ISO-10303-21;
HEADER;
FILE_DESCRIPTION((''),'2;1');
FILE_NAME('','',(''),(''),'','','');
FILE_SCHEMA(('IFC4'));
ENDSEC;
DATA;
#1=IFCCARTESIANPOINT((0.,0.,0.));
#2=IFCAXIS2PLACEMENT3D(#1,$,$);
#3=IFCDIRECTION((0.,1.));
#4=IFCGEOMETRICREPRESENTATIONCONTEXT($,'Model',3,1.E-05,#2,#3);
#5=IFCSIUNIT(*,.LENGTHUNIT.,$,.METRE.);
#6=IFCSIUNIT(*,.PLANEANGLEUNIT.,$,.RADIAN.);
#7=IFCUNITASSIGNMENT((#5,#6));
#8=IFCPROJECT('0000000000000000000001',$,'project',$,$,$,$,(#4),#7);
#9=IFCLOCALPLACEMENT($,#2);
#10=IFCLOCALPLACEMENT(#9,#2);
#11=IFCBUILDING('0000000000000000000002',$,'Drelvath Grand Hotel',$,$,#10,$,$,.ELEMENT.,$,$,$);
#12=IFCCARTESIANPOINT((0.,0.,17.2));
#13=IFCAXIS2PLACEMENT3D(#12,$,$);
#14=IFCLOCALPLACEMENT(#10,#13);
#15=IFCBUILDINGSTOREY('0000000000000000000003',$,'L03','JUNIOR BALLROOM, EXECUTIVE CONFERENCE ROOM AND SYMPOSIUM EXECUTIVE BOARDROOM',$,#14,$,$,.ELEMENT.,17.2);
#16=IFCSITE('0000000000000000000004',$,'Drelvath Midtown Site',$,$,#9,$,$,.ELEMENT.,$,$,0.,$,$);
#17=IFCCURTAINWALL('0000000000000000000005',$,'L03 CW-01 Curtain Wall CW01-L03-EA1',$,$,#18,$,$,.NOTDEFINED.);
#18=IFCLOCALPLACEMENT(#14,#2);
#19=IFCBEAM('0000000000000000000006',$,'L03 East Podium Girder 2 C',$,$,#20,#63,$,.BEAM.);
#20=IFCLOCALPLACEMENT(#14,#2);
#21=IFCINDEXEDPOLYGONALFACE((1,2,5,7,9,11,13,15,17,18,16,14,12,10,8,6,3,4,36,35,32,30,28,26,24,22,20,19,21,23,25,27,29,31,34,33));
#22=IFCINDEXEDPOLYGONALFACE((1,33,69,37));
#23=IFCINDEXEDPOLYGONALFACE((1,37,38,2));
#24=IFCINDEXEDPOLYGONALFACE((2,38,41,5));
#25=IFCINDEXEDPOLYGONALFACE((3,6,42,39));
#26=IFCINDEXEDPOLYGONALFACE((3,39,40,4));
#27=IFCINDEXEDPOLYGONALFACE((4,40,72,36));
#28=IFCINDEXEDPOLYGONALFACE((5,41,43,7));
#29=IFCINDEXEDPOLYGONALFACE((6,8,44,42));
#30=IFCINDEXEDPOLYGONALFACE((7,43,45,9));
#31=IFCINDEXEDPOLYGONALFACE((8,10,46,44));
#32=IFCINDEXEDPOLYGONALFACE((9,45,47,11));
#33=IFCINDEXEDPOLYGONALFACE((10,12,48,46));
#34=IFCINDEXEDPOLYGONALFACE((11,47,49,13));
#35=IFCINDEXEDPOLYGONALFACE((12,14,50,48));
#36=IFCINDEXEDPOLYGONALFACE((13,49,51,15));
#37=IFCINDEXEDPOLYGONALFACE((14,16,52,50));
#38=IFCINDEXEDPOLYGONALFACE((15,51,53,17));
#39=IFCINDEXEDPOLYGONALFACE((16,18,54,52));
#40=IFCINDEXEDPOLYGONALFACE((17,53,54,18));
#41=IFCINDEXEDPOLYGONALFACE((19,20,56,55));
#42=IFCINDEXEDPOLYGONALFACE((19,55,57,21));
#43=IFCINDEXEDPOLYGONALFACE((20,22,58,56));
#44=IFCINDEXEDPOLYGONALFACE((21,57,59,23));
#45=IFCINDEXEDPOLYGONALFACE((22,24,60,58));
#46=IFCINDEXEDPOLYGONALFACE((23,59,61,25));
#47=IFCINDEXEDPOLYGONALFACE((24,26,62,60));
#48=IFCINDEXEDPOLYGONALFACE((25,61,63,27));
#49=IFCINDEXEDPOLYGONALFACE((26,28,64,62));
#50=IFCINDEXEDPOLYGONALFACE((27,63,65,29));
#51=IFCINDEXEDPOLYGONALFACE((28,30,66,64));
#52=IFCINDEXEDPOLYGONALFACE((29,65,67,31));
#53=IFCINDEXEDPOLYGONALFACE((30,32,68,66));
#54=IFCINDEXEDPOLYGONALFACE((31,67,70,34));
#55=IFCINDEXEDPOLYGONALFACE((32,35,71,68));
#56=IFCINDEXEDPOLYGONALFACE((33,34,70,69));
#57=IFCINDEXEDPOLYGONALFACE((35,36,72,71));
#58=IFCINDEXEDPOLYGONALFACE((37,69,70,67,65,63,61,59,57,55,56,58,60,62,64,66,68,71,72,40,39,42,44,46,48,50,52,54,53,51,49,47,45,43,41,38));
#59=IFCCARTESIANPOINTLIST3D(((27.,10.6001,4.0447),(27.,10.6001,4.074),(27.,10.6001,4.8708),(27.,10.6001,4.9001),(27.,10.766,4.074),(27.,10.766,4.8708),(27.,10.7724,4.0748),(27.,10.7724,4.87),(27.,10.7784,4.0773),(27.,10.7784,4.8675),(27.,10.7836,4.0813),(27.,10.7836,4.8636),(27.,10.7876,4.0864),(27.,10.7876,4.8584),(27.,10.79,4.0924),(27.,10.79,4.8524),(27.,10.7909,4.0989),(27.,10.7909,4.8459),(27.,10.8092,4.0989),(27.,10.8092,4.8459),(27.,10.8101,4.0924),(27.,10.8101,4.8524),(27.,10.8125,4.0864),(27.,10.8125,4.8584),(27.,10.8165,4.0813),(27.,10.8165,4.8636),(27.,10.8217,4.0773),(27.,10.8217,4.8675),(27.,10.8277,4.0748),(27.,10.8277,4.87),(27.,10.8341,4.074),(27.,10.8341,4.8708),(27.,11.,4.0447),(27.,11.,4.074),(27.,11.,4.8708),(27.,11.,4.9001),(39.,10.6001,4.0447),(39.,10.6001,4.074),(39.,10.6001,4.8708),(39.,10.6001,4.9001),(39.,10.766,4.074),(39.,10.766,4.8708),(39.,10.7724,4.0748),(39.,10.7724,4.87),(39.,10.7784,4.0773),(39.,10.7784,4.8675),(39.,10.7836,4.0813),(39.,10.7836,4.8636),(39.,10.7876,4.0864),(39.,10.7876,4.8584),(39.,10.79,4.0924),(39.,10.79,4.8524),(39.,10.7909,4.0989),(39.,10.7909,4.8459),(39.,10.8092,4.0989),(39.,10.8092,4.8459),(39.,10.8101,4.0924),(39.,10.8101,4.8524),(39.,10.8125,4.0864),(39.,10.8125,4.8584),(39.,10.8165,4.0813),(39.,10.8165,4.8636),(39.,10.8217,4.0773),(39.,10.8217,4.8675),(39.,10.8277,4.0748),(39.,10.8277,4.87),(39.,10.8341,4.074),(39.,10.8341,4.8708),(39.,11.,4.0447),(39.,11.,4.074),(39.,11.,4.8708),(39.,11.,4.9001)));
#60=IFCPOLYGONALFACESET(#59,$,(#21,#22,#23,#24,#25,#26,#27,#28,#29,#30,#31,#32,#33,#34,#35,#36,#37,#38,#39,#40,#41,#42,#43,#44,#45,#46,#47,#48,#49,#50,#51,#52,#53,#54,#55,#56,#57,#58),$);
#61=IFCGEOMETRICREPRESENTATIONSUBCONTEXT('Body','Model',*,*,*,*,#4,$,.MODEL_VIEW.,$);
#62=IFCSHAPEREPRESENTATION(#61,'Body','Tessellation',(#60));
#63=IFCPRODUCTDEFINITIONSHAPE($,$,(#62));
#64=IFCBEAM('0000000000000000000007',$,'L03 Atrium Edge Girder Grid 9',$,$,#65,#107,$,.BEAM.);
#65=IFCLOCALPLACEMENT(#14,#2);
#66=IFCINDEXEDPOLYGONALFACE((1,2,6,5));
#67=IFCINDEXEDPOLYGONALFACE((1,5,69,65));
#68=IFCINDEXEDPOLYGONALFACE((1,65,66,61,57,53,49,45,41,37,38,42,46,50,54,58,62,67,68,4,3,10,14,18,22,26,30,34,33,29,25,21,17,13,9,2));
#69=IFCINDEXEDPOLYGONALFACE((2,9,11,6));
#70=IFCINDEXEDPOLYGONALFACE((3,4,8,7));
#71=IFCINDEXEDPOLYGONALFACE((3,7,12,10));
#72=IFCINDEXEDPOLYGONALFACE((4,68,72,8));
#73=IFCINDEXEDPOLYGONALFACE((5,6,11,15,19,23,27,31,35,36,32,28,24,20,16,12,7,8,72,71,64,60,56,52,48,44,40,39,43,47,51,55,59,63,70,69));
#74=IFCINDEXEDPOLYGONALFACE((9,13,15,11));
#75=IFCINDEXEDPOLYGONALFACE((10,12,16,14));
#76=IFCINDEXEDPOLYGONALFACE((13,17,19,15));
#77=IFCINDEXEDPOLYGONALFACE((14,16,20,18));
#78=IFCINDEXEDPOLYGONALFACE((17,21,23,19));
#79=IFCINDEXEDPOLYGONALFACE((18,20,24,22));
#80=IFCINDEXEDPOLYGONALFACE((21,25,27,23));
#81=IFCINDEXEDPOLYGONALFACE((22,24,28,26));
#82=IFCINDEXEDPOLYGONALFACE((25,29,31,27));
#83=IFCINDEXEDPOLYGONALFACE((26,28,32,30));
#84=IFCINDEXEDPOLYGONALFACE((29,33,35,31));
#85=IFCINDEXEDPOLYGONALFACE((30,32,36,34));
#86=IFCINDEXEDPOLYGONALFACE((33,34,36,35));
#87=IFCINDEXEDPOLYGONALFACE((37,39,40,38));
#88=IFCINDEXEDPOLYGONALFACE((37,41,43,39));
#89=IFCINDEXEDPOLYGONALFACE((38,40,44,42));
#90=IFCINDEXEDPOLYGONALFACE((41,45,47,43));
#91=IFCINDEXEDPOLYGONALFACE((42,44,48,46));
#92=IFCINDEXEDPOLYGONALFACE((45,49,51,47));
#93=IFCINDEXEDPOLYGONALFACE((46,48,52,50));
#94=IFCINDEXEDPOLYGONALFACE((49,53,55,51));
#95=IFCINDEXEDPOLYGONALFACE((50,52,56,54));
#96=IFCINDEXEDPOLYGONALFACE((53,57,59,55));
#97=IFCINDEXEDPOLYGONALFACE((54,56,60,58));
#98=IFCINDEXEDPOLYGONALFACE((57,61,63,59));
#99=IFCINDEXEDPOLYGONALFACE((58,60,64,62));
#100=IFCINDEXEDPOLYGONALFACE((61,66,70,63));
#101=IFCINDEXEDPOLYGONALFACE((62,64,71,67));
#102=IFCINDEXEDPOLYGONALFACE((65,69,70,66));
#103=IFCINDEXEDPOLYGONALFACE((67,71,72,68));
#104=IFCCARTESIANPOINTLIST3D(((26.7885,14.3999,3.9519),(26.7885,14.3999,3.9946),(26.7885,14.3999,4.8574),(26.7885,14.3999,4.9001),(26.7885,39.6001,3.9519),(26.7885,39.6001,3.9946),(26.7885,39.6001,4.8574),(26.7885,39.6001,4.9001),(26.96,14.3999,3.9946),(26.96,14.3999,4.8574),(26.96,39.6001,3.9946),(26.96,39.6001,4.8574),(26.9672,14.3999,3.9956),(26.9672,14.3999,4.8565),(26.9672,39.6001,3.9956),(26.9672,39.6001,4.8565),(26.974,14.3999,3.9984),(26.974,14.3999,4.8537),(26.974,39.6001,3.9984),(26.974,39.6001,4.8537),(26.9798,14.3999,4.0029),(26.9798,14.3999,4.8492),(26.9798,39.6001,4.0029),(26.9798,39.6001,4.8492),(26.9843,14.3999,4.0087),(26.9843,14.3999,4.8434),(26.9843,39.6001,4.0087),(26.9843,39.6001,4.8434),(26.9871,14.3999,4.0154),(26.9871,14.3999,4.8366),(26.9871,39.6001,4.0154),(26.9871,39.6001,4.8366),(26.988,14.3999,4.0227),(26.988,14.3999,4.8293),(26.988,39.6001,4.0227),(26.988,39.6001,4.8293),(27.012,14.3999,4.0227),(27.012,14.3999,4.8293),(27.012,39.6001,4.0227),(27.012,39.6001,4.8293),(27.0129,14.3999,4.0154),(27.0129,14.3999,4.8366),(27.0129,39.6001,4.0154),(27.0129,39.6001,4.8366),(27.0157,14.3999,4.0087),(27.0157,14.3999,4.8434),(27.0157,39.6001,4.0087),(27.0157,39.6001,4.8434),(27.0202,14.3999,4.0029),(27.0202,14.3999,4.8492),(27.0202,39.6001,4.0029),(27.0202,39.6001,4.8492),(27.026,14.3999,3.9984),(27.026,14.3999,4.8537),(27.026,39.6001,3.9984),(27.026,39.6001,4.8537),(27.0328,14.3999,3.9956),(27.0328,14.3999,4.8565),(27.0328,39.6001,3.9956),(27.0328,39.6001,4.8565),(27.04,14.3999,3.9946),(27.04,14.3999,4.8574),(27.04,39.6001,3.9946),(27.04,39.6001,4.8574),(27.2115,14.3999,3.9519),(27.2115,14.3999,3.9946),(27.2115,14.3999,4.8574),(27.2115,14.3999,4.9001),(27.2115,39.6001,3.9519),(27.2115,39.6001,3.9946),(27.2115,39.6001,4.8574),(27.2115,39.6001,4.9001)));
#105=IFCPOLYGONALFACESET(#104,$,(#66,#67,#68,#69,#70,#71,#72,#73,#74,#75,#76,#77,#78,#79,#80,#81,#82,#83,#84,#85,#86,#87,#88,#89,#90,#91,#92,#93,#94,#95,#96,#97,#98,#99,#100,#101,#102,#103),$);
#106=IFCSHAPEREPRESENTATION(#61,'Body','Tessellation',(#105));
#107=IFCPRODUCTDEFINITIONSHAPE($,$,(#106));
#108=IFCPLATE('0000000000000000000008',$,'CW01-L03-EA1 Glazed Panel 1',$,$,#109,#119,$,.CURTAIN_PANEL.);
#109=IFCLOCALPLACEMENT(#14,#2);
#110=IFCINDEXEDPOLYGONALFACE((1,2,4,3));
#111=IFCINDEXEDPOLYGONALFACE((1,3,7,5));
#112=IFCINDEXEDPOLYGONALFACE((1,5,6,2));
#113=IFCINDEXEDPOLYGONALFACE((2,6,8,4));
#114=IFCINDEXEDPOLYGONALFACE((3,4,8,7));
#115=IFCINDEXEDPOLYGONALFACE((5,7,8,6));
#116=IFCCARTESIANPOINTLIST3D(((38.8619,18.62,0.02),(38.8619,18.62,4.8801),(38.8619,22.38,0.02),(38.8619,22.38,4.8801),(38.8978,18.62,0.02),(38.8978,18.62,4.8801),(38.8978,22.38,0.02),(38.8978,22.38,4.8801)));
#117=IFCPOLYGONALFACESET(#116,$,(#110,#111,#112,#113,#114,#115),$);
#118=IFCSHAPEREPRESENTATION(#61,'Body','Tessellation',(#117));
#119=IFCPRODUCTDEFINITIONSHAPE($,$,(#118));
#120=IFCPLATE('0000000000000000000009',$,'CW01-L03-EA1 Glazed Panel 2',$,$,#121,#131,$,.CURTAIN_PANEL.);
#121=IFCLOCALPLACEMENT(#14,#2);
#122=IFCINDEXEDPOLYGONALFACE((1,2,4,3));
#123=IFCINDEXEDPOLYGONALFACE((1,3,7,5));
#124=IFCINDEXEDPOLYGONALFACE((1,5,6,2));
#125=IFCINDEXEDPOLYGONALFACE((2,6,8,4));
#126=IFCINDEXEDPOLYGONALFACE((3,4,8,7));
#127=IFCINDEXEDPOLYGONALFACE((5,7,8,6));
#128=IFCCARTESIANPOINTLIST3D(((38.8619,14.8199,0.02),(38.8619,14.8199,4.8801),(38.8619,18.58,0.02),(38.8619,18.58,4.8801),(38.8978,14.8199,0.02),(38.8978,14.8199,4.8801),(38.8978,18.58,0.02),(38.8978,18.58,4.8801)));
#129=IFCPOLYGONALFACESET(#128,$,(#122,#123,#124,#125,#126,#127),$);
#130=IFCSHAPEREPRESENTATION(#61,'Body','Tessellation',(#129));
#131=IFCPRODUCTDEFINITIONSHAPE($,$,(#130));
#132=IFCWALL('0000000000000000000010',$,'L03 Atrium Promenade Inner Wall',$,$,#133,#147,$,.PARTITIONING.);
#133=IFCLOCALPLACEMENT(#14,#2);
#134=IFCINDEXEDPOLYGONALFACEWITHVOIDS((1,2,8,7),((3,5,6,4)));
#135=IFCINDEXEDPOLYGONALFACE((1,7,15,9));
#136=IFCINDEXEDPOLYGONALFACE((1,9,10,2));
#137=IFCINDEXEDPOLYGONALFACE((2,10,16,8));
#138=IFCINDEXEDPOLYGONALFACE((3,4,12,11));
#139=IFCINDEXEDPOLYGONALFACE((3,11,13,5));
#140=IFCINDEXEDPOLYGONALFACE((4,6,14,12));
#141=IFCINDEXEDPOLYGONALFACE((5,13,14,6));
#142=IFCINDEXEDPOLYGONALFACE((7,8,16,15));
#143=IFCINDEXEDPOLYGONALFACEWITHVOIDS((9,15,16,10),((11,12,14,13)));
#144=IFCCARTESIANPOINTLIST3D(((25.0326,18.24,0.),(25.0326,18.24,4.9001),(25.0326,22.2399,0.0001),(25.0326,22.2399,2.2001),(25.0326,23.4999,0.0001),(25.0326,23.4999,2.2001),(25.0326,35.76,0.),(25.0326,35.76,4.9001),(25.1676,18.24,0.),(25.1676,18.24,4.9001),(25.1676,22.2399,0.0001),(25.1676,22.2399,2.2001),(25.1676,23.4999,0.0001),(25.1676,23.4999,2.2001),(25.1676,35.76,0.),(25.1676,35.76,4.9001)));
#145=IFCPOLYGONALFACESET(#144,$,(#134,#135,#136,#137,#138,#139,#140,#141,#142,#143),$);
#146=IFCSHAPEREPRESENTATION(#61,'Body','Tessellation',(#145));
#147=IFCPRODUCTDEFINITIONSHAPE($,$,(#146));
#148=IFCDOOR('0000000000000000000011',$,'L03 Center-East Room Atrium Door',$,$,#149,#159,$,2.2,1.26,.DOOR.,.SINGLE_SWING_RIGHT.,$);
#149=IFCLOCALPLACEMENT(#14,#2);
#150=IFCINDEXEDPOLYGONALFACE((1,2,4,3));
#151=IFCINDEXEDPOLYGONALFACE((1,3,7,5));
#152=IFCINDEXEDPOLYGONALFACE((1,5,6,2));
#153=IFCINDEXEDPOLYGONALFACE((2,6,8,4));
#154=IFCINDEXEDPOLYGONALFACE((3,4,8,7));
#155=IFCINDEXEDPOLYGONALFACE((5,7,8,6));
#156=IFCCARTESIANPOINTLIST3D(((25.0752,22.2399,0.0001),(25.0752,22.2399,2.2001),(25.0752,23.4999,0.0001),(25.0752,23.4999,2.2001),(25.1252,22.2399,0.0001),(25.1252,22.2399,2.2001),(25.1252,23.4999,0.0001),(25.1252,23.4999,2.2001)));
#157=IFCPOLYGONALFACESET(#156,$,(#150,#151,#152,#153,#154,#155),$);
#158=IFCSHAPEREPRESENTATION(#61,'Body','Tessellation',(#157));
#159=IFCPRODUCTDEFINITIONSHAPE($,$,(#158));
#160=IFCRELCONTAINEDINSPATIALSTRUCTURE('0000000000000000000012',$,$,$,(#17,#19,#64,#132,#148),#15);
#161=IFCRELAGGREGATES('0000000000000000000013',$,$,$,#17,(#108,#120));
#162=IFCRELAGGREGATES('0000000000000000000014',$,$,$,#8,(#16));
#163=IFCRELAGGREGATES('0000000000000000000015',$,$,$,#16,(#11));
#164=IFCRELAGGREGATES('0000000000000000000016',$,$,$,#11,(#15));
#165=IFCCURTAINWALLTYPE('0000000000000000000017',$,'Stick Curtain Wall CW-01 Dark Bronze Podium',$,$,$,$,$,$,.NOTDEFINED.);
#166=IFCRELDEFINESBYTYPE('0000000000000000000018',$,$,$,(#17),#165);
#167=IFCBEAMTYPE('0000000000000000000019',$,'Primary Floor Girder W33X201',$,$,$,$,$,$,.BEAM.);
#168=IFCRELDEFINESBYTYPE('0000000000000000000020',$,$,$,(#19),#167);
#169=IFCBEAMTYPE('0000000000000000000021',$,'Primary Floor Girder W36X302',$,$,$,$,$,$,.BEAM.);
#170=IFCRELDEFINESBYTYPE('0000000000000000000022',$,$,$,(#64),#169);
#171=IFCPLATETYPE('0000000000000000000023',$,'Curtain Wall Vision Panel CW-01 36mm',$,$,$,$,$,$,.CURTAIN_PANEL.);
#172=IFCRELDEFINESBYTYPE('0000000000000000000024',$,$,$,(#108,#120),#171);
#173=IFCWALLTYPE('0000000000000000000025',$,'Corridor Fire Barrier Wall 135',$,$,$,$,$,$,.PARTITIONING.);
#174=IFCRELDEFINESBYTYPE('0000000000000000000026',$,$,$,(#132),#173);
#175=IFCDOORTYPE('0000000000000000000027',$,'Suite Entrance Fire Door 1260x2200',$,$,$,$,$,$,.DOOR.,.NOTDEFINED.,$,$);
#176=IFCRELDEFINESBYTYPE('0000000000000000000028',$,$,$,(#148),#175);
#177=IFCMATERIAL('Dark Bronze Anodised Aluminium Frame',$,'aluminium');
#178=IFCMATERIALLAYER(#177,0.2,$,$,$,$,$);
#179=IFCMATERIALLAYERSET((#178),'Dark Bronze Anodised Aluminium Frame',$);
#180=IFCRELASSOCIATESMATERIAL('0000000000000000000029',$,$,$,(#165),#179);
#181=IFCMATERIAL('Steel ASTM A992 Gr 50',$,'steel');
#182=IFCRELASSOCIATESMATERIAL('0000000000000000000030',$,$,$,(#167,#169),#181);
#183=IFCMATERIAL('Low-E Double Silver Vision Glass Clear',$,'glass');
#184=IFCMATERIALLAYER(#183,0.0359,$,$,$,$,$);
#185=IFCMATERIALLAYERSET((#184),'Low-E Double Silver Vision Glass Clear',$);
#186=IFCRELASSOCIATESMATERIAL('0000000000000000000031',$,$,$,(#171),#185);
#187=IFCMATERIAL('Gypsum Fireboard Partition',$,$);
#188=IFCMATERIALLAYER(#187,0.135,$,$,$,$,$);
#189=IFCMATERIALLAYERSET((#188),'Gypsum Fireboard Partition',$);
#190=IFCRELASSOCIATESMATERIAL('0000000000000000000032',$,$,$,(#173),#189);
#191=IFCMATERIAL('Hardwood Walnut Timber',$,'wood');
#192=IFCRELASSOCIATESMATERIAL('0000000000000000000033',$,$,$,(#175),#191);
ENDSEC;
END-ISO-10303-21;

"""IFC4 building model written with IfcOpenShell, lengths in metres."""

from ifc_helpers import new_model, si_unit, direction, frame, frame_2d, origin, origin_2d, place, context, subcontext, project, spatial, rectangle, i_section, extrude, material, layer, layer_set, material_profile, profile_set, type_object, element, fill, aggregate, save


model = new_model("IFC4")

# Units and contexts
model_context = context("Model", 3, precision=1e-05, world=origin(), true_north=direction((0.0, 1.0)))
body_context = subcontext(model_context, "Body", "Model", "MODEL_VIEW")
ifc_project = project(units=[si_unit("LENGTHUNIT", "METRE"), si_unit("PLANEANGLEUNIT", "RADIAN")], contexts=[model_context])

# Site, building, storey
site_placement = place(None, origin())
site = spatial("IfcSite", under=ifc_project, at=site_placement, Name="Drelvath Midtown Site", CompositionType="ELEMENT", RefElevation=0.0)
building_placement = place(site_placement, origin())
building = spatial("IfcBuilding", under=site, at=building_placement, Name="Drelvath Grand Hotel", CompositionType="ELEMENT")
storey_placement = place(building_placement, frame((0.0, 0.0, 17.2)))
storey = spatial("IfcBuildingStorey", under=building, at=storey_placement, Name="L03", Description="JUNIOR BALLROOM, EXECUTIVE CONFERENCE ROOM AND SYMPOSIUM EXECUTIVE BOARDROOM", CompositionType="ELEMENT", Elevation=17.2)

# Curtain wall
ifc_material_1 = material(Name="Dark Bronze Anodised Aluminium Frame", Category="aluminium")
ifc_layer_1 = layer(ifc_material_1, 0.2)
ifc_layer_set_1 = layer_set([ifc_layer_1], Name="Dark Bronze Anodised Aluminium Frame")
curtain_wall_type = type_object("IfcCurtainWallType", Name="Stick Curtain Wall CW-01 Dark Bronze Podium", PredefinedType="NOTDEFINED", material=ifc_layer_set_1)
curtain_wall_placement = place(storey_placement, origin())
curtain_wall = element("IfcCurtainWall", 1, at=curtain_wall_placement, inside=storey, type_object=curtain_wall_type, Name="L03 CW-01 Curtain Wall CW01-L03-EA1", PredefinedType="NOTDEFINED")

# Beams
ifc_material_2 = material(Name="Steel ASTM A992 Gr 50", Category="steel")
ifc_material_profile_1 = material_profile(ifc_material_2, i_section(OverallWidth=0.3999, OverallDepth=0.8555, WebThickness=0.0183, FlangeThickness=0.0293, FilletRadius=0.0249, at=origin_2d()), Name="W33X201")
ifc_profile_set_1 = profile_set([ifc_material_profile_1], Name="Steel ASTM A992 Gr 50")
beam_type_1 = type_object("IfcBeamType", Name="Primary Floor Girder W33X201", PredefinedType="BEAM", material=ifc_profile_set_1)
beam_1_placement = place(storey_placement, frame((27.0, 10.8, 4.4724), z_axis=(1.0, 0.0, 0.0), x_axis=(0.0, 1.0, 0.0)))
element("IfcBeam", 2, at=beam_1_placement, inside=storey, type_object=beam_type_1, Name="L03 East Podium Girder 2 C", PredefinedType="BEAM", context=body_context, shape_type="SweptSolid", body=[
    extrude(i_section(OverallWidth=0.3999, OverallDepth=0.8555, WebThickness=0.0183, FlangeThickness=0.0293, FilletRadius=0.0249, at=origin_2d()), origin(), (0.0, 0.0, 1.0), 12.0),
])
ifc_material_profile_2 = material_profile(ifc_material_2, i_section(OverallWidth=0.4231, OverallDepth=0.9482, WebThickness=0.0239, FlangeThickness=0.0427, FilletRadius=0.0281, at=origin_2d()), Name="W36X302")
ifc_profile_set_2 = profile_set([ifc_material_profile_2], Name="Steel ASTM A992 Gr 50")
beam_type_2 = type_object("IfcBeamType", Name="Primary Floor Girder W36X302", PredefinedType="BEAM", material=ifc_profile_set_2)
beam_2_placement = place(storey_placement, frame((27.0, 14.3999, 4.426), z_axis=(0.0, 1.0, 0.0), x_axis=(-1.0, 0.0, 0.0)))
element("IfcBeam", 3, at=beam_2_placement, inside=storey, type_object=beam_type_2, Name="L03 Atrium Edge Girder Grid 9", PredefinedType="BEAM", context=body_context, shape_type="SweptSolid", body=[
    extrude(i_section(OverallWidth=0.4231, OverallDepth=0.9482, WebThickness=0.0239, FlangeThickness=0.0427, FilletRadius=0.0281, at=origin_2d()), origin(), (0.0, 0.0, 1.0), 25.2002),
])

# Plates
ifc_material_3 = material(Name="Low-E Double Silver Vision Glass Clear", Category="glass")
ifc_layer_2 = layer(ifc_material_3, 0.0359)
ifc_layer_set_2 = layer_set([ifc_layer_2], Name="Low-E Double Silver Vision Glass Clear")
plate_type = type_object("IfcPlateType", Name="Curtain Wall Vision Panel CW-01 36mm", PredefinedType="CURTAIN_PANEL", material=ifc_layer_set_2)
plate_1_placement = place(storey_placement, frame((38.8799, 20.5, 0.02), z_axis=(0.0, 0.0, 1.0), x_axis=(0.0, -1.0, 0.0)))
plate_1 = element("IfcPlate", 4, at=plate_1_placement, type_object=plate_type, Name="CW01-L03-EA1 Glazed Panel 1", PredefinedType="CURTAIN_PANEL", context=body_context, shape_type="SweptSolid", body=[
    extrude(rectangle(XDim=3.76, YDim=0.0359, at=origin_2d()), origin(), (0.0, 0.0, 1.0), 4.8601),
])
plate_2_placement = place(storey_placement, frame((38.8799, 16.7, 0.02), z_axis=(0.0, 0.0, 1.0), x_axis=(0.0, -1.0, 0.0)))
plate_2 = element("IfcPlate", 5, at=plate_2_placement, type_object=plate_type, Name="CW01-L03-EA1 Glazed Panel 2", PredefinedType="CURTAIN_PANEL", context=body_context, shape_type="SweptSolid", body=[
    extrude(rectangle(XDim=3.76, YDim=0.0359, at=origin_2d()), origin(), (0.0, 0.0, 1.0), 4.8601),
])
aggregate(curtain_wall, [plate_1, plate_2])

# Wall, opening, door
ifc_material_4 = material(Name="Gypsum Fireboard Partition")
ifc_layer_3 = layer(ifc_material_4, 0.135)
ifc_layer_set_3 = layer_set([ifc_layer_3], Name="Gypsum Fireboard Partition")
wall_type_1 = type_object("IfcWallType", Name="Corridor Fire Barrier Wall 135", PredefinedType="PARTITIONING", material=ifc_layer_set_3)
wall_1_placement = place(storey_placement, frame((25.1001, 18.24, 0.0), z_axis=(0.0, 0.0, 1.0), x_axis=(0.0, 1.0, 0.0)))
wall_1 = element("IfcWall", 6, at=wall_1_placement, inside=storey, type_object=wall_type_1, Name="L03 Atrium Promenade Inner Wall", PredefinedType="PARTITIONING", context=body_context, shape_type="SweptSolid", body=[
    extrude(rectangle(XDim=17.52, YDim=0.135, at=frame_2d((8.76, 0.0))), origin(), (0.0, 0.0, 1.0), 4.9001),
])
opening_1_placement = place(wall_1_placement, frame((4.0, 0.0, 0.0)))
opening_1 = element("IfcOpeningElement", 7, at=opening_1_placement, cuts=wall_1, PredefinedType="OPENING", context=body_context, shape_type="SweptSolid", body=[
    extrude(rectangle(XDim=1.26, YDim=2.2, at=frame_2d((0.6299, 1.1001))), frame((0.0, 0.0774, 0.0), z_axis=(0.0, -1.0, 0.0), x_axis=(1.0, 0.0, 0.0)), (0.0, 0.0, 1.0), 0.155),
])
ifc_material_5 = material(Name="Hardwood Walnut Timber", Category="wood")
door_type_1 = type_object("IfcDoorType", Name="Suite Entrance Fire Door 1260x2200", OperationType="NOTDEFINED", PredefinedType="DOOR", material=ifc_material_5)
door_1_placement = place(opening_1_placement, origin())
door_1 = element("IfcDoor", 8, at=door_1_placement, inside=storey, type_object=door_type_1, Name="L03 Center-East Room Atrium Door", OperationType="SINGLE_SWING_RIGHT", OverallHeight=2.2, OverallWidth=1.26, PredefinedType="DOOR", context=body_context, shape_type="SweptSolid", body=[
    extrude(rectangle(XDim=1.26, YDim=2.2, at=frame_2d((0.6299, 1.1001))), frame((0.0, 0.0249, 0.0), z_axis=(0.0, -1.0, 0.0), x_axis=(1.0, 0.0, 0.0)), (0.0, 0.0, 1.0), 0.05),
])
fill(opening_1, door_1)

save(model, "model.ifc")
